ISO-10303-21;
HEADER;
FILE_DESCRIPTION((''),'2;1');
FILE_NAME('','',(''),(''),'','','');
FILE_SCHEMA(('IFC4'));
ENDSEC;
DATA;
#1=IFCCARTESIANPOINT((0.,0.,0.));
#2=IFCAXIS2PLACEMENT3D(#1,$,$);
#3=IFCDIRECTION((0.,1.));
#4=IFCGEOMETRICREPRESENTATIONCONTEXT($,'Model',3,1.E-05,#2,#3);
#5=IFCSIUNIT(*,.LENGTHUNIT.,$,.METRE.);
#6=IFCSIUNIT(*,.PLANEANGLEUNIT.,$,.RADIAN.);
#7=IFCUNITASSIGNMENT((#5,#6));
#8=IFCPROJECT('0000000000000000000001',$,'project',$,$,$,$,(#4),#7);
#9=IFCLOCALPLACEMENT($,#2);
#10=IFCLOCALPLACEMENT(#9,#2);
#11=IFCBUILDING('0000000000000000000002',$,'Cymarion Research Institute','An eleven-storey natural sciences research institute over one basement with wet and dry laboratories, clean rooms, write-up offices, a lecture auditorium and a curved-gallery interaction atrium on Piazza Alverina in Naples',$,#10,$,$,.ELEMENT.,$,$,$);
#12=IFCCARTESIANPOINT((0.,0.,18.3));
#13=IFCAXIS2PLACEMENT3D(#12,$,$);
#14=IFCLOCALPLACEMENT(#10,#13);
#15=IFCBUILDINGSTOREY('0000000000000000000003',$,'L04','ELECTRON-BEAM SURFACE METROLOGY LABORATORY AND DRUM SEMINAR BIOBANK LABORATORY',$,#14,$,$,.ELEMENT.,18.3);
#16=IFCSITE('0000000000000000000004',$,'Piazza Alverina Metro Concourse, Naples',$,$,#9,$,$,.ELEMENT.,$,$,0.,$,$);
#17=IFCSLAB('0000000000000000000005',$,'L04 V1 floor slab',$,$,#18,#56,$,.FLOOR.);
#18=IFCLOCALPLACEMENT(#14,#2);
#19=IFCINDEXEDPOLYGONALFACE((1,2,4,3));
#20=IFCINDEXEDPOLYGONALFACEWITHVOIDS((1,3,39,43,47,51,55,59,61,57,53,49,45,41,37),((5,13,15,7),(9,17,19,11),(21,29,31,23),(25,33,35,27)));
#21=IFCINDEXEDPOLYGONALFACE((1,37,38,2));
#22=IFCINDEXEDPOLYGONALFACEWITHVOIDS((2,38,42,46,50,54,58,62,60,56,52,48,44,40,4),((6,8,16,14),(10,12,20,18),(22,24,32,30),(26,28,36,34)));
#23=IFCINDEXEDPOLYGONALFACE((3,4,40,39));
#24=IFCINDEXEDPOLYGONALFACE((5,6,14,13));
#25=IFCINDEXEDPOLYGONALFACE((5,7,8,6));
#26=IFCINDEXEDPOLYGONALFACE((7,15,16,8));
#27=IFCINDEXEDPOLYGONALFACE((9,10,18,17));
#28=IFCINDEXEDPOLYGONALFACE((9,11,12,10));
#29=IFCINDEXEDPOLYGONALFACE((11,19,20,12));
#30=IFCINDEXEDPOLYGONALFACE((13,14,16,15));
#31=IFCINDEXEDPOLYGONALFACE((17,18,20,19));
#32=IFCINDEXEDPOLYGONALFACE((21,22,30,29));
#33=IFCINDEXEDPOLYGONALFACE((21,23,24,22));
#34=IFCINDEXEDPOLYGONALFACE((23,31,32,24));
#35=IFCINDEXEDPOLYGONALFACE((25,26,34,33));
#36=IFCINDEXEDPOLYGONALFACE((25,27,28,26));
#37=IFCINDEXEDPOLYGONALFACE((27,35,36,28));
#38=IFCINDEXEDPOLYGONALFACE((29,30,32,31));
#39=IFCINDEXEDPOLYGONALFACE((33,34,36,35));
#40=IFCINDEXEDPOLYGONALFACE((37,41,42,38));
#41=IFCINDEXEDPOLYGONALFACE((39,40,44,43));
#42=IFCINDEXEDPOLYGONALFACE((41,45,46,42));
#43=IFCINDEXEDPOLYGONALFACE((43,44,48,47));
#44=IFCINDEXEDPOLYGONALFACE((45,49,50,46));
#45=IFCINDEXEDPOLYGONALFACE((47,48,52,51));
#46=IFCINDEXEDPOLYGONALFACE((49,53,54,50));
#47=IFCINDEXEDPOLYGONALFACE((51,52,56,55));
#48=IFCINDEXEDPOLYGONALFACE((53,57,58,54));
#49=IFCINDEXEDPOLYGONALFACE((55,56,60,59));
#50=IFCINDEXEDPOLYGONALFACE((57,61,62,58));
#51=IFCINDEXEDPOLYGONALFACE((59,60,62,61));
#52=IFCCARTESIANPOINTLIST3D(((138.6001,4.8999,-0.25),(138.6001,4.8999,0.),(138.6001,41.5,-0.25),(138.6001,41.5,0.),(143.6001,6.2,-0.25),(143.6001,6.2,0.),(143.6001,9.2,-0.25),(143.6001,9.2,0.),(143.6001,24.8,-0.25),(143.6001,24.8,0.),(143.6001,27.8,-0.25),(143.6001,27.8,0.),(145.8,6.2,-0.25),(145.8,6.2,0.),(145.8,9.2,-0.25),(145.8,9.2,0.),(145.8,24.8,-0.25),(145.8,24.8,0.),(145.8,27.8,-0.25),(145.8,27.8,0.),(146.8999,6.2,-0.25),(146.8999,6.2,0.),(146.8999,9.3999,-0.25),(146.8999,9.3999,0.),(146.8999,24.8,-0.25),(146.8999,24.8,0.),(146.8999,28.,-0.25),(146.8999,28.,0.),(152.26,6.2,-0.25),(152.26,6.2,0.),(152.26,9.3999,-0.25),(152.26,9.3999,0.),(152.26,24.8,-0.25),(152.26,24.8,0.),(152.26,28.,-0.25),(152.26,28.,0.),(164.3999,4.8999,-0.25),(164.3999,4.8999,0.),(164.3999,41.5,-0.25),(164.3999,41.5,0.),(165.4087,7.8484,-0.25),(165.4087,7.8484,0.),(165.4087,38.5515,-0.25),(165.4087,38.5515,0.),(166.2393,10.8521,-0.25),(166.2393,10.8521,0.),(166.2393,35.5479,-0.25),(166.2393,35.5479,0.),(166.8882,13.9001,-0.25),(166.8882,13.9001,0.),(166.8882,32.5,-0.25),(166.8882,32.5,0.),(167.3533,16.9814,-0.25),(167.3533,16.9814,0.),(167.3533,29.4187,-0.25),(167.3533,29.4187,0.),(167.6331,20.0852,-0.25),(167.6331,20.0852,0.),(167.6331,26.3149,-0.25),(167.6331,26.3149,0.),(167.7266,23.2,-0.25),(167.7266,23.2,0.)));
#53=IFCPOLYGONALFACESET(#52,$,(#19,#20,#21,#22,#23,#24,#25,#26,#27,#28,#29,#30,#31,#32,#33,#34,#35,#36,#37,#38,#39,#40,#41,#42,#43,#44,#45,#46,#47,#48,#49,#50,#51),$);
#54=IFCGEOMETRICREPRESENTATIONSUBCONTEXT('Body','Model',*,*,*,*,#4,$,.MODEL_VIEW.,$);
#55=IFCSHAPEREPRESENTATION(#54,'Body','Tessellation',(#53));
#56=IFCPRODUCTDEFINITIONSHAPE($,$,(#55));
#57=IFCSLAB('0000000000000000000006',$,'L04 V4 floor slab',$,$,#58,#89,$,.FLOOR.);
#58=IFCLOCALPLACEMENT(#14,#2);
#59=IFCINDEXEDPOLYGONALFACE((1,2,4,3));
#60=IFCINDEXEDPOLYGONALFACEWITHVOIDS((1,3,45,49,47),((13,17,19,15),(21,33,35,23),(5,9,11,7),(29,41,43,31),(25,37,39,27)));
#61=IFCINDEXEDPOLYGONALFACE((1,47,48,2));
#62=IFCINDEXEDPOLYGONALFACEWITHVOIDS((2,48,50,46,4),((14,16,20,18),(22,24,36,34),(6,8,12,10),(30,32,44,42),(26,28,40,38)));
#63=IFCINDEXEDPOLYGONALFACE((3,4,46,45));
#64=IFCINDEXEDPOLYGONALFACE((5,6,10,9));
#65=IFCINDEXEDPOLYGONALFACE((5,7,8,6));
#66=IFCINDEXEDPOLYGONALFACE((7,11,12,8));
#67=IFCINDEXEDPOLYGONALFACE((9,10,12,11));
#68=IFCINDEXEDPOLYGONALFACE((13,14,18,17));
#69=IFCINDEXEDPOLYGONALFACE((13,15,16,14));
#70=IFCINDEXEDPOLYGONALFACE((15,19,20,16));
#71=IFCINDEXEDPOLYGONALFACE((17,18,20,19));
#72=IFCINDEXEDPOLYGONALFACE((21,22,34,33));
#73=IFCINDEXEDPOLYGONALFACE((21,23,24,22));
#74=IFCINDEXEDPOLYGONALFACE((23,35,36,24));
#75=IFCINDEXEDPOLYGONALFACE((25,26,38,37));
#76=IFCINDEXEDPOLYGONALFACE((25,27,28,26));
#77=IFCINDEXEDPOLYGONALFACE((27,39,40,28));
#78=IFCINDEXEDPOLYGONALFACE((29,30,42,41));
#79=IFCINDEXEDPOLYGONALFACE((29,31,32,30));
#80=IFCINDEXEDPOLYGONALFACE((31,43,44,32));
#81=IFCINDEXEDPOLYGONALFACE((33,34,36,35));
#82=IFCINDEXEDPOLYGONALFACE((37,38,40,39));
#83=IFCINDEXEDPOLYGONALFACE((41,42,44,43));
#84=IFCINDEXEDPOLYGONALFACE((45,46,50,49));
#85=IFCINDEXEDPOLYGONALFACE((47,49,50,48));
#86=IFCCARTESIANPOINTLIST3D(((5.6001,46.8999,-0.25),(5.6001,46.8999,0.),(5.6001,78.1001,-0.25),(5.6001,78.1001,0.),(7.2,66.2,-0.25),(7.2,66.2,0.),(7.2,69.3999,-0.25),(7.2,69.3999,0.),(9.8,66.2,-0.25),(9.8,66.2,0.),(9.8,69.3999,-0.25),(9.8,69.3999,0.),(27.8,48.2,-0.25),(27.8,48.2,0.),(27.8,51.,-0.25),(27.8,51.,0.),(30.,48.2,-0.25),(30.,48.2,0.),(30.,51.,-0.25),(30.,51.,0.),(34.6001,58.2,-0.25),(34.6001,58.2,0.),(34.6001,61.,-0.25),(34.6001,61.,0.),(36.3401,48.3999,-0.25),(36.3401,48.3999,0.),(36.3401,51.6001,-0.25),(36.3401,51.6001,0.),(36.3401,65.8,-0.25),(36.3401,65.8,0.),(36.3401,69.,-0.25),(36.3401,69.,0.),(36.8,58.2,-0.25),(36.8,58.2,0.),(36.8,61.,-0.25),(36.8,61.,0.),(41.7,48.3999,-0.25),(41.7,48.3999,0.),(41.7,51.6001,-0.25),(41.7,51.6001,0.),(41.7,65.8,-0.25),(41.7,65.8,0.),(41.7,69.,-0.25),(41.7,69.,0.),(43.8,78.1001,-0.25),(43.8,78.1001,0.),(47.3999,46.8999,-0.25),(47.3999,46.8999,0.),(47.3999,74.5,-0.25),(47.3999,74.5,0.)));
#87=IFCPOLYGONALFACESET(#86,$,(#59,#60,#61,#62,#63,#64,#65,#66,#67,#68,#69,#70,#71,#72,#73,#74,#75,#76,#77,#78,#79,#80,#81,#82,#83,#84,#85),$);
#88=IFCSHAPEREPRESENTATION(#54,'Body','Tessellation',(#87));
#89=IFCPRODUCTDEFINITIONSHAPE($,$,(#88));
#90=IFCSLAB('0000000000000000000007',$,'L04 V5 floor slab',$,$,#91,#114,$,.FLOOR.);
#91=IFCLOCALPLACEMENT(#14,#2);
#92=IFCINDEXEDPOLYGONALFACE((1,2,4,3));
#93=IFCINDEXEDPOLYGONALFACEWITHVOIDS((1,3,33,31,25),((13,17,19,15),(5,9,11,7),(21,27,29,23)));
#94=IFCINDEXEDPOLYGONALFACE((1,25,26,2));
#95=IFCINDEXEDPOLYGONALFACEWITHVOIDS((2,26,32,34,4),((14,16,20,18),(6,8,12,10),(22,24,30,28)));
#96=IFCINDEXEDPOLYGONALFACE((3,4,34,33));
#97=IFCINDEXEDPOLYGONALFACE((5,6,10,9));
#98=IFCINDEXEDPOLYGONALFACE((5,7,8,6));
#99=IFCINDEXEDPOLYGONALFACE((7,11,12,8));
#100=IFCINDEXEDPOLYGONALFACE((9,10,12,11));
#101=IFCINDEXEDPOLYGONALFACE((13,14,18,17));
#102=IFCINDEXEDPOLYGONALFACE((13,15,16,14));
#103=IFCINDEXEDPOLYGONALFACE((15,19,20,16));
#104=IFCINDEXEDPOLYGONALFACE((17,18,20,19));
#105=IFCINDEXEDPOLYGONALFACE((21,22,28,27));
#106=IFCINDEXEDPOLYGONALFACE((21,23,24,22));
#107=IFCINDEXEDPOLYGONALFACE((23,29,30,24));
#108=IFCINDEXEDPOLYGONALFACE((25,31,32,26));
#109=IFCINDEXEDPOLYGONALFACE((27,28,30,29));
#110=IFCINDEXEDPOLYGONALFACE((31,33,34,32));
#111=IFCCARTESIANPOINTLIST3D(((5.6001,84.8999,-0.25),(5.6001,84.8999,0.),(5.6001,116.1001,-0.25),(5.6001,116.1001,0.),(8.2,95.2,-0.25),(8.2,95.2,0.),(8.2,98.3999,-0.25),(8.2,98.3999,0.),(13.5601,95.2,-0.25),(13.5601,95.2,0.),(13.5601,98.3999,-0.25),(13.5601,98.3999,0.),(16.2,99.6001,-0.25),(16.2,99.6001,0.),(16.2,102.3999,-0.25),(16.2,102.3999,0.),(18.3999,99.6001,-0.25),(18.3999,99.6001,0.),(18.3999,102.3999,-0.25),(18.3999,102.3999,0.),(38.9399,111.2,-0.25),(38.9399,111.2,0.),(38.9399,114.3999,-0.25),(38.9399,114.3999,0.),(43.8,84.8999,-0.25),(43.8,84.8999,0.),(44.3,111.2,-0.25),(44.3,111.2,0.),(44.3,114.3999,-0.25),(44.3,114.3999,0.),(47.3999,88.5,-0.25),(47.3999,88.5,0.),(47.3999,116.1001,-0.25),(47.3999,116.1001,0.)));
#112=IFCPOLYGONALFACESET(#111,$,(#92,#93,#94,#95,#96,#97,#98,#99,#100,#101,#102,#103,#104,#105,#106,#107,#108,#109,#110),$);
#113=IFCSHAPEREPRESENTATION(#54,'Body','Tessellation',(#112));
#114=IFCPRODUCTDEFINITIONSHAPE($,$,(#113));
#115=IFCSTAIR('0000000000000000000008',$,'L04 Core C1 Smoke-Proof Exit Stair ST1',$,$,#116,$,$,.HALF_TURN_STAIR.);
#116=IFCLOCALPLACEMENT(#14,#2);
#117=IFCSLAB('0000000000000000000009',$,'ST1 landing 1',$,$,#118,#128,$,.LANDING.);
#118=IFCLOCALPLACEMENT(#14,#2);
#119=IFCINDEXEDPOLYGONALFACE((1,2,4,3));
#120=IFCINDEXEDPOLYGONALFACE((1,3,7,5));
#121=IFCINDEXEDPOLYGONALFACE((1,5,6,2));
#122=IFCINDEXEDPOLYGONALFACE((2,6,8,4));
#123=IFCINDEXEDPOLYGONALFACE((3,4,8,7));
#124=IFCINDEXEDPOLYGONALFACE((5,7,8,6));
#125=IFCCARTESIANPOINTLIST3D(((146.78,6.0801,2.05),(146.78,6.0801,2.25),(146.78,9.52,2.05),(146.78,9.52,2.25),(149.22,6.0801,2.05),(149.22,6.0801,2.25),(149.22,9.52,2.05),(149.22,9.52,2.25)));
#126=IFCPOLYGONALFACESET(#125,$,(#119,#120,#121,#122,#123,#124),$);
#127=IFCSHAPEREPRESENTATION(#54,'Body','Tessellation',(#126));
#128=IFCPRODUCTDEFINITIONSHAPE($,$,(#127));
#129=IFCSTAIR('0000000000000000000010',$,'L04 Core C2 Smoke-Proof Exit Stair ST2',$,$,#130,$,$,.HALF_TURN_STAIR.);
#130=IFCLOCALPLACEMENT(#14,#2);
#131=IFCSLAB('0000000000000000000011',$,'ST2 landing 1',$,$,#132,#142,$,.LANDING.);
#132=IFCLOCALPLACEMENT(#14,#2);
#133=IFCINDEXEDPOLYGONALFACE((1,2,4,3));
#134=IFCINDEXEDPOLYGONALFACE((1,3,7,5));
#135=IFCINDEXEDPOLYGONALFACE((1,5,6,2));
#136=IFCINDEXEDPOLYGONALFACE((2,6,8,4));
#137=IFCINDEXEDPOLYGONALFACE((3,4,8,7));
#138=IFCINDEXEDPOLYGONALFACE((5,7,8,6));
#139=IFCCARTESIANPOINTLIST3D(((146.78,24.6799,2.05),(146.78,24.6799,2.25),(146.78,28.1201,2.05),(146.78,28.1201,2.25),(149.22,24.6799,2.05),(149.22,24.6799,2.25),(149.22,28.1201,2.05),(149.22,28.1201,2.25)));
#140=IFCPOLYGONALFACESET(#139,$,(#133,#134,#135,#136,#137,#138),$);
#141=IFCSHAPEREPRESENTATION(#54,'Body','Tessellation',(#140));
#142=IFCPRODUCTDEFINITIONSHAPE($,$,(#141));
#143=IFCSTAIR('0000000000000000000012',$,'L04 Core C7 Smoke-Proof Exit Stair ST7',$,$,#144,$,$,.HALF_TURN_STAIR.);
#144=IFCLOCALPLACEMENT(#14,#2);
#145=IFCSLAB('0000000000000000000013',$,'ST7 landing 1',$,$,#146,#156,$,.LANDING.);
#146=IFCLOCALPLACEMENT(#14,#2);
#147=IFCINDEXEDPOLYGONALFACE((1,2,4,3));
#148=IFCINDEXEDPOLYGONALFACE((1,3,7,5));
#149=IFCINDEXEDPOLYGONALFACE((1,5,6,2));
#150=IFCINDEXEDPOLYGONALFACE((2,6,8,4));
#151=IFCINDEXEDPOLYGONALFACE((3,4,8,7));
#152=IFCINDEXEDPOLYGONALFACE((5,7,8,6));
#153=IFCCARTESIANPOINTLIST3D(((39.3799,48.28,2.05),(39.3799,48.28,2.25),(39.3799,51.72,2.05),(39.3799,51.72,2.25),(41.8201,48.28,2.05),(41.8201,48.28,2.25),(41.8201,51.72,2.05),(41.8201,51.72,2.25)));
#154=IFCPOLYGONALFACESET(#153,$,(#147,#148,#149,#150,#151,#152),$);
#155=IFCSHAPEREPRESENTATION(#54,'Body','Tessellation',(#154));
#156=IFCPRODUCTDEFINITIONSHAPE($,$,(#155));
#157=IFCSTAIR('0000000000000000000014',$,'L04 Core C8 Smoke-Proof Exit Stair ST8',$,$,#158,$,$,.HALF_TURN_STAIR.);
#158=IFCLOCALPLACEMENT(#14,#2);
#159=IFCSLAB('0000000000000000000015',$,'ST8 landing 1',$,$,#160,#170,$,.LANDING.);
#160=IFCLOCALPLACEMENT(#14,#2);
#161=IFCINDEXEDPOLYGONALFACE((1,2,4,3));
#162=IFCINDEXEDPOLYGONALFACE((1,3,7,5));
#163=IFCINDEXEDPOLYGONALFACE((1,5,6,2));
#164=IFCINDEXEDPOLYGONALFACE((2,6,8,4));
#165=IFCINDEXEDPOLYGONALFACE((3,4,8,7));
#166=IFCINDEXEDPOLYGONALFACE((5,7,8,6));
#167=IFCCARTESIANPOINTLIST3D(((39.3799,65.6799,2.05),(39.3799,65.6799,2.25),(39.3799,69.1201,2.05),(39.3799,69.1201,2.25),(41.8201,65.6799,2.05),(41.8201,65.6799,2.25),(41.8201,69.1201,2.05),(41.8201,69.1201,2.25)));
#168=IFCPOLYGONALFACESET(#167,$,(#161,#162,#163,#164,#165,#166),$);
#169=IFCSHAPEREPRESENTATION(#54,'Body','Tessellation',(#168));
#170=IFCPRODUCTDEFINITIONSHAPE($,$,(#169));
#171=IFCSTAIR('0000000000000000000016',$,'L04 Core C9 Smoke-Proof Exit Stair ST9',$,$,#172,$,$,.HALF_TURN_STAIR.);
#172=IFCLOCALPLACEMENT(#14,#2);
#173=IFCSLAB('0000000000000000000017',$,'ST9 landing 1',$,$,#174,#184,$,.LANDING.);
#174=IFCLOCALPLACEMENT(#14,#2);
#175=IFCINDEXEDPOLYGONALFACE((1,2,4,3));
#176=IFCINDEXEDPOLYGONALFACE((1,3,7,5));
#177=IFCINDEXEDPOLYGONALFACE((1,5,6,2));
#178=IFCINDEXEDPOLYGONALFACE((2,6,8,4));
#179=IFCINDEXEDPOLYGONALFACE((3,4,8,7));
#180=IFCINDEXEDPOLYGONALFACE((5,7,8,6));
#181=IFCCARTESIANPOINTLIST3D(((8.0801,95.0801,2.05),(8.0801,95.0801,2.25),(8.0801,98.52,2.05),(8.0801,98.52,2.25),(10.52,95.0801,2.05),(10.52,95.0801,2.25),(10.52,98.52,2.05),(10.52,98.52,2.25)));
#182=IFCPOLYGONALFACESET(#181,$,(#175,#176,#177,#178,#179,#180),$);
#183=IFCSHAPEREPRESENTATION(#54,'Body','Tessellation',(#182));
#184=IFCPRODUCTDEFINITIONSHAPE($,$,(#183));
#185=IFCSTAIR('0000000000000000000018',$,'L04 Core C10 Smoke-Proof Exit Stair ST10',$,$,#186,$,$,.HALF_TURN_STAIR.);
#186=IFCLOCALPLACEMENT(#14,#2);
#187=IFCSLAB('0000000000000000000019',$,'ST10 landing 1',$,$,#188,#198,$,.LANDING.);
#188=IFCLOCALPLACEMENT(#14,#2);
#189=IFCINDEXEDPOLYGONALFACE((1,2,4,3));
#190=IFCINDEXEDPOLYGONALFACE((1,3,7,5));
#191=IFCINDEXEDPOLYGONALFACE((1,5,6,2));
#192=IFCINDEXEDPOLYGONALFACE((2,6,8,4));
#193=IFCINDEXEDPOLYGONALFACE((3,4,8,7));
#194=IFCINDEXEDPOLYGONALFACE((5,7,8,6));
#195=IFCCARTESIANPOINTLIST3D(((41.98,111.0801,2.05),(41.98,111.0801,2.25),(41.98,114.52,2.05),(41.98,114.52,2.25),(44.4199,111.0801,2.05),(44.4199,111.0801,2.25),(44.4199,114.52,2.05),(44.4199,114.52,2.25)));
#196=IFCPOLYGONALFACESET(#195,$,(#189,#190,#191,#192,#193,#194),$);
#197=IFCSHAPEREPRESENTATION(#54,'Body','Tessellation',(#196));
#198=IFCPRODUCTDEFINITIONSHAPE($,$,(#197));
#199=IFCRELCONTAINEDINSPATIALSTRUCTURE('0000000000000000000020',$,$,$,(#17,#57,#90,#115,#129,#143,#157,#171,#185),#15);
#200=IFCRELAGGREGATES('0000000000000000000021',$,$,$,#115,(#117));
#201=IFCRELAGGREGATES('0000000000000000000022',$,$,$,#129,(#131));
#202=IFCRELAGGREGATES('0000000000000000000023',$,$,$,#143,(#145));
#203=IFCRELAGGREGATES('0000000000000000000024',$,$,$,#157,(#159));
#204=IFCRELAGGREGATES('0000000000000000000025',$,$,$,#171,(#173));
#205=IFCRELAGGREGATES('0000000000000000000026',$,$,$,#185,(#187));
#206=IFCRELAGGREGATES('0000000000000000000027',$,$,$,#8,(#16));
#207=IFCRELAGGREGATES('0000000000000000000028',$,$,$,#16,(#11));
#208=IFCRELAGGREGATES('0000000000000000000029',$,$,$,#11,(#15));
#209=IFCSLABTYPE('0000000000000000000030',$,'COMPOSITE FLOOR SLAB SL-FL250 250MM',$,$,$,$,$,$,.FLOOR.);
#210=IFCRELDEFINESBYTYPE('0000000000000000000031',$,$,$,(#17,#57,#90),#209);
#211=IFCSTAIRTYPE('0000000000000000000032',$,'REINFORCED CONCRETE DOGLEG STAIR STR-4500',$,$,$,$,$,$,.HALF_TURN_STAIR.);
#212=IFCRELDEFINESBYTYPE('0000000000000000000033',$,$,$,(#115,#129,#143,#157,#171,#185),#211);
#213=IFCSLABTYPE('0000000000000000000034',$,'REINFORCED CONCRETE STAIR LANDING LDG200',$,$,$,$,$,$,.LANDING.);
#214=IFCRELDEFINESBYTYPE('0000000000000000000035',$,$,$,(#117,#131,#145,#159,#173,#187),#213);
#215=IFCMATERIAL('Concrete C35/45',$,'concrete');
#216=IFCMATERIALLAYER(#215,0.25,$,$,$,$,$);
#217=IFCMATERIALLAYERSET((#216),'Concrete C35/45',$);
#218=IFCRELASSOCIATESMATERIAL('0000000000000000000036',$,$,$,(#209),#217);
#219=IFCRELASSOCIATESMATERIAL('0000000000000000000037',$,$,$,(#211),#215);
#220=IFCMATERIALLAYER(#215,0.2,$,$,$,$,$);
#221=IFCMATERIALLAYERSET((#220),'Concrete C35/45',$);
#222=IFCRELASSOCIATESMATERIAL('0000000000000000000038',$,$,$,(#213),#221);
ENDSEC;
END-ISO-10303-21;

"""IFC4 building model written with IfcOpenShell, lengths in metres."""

from ifc_helpers import new_model, si_unit, direction, frame, origin, place, context, subcontext, project, spatial, polyline, outline, extrude, material, layer, layer_set, type_object, element, aggregate, save


model = new_model("IFC4")

# Units and contexts
model_context = context("Model", 3, precision=1e-05, world=origin(), true_north=direction((0.0, 1.0)))
body_context = subcontext(model_context, "Body", "Model", "MODEL_VIEW")
ifc_project = project(units=[si_unit("LENGTHUNIT", "METRE"), si_unit("PLANEANGLEUNIT", "RADIAN")], contexts=[model_context])

# Site, building, storey
site_placement = place(None, origin())
site = spatial("IfcSite", under=ifc_project, at=site_placement, Name="Piazza Alverina Metro Concourse, Naples", CompositionType="ELEMENT", RefElevation=0.0)
building_placement = place(site_placement, origin())
building = spatial("IfcBuilding", under=site, at=building_placement, Name="Cymarion Research Institute", Description="An eleven-storey natural sciences research institute over one basement with wet and dry laboratories, clean rooms, write-up offices, a lecture auditorium and a curved-gallery interaction atrium on Piazza Alverina in Naples", CompositionType="ELEMENT")
storey_placement = place(building_placement, frame((0.0, 0.0, 18.3)))
storey = spatial("IfcBuildingStorey", under=building, at=storey_placement, Name="L04", Description="ELECTRON-BEAM SURFACE METROLOGY LABORATORY AND DRUM SEMINAR BIOBANK LABORATORY", CompositionType="ELEMENT", Elevation=18.3)

# Slabs
ifc_material_1 = material(Name="Concrete C35/45", Category="concrete")
ifc_layer_1 = layer(ifc_material_1, 0.25)
ifc_layer_set_1 = layer_set([ifc_layer_1], Name="Concrete C35/45")
slab_type_1 = type_object("IfcSlabType", Name="COMPOSITE FLOOR SLAB SL-FL250 250MM", PredefinedType="FLOOR", material=ifc_layer_set_1)
slab_1_placement = place(storey_placement, frame((0.0, 0.0, -0.25)))
element("IfcSlab", 1, at=slab_1_placement, inside=storey, type_object=slab_type_1, Name="L04 V1 floor slab", PredefinedType="FLOOR", context=body_context, shape_type="SweptSolid", body=[
    extrude(outline(polyline([(138.6001, 4.8999), (164.3999, 4.8999), (165.4087, 7.8484), (166.2393, 10.8521), (166.8882, 13.9001), (167.3533, 16.9814), (167.6331, 20.0852), (167.7266, 23.2), (167.6331, 26.3149), (167.3533, 29.4187), (166.8882, 32.5), (166.2393, 35.5479), (165.4087, 38.5515), (164.3999, 41.5), (138.6001, 41.5), (138.6001, 4.8999)]), holes=[polyline([(152.26, 9.3999), (146.8999, 9.3999), (146.8999, 6.2), (152.26, 6.2), (152.26, 9.3999)]), polyline([(143.6001, 6.2), (145.8, 6.2), (145.8, 9.2), (143.6001, 9.2), (143.6001, 6.2)]), polyline([(152.26, 28.0), (146.8999, 28.0), (146.8999, 24.8), (152.26, 24.8), (152.26, 28.0)]), polyline([(143.6001, 24.8), (145.8, 24.8), (145.8, 27.8), (143.6001, 27.8), (143.6001, 24.8)])]), origin(), (0.0, 0.0, 1.0), 0.25),
])
slab_2_placement = place(storey_placement, frame((0.0, 0.0, -0.25)))
element("IfcSlab", 2, at=slab_2_placement, inside=storey, type_object=slab_type_1, Name="L04 V4 floor slab", PredefinedType="FLOOR", context=body_context, shape_type="SweptSolid", body=[
    extrude(outline(polyline([(5.6001, 46.8999), (47.3999, 46.8999), (47.3999, 74.5), (43.8, 78.1001), (5.6001, 78.1001), (5.6001, 46.8999)]), holes=[polyline([(36.3401, 48.3999), (41.7, 48.3999), (41.7, 51.6001), (36.3401, 51.6001), (36.3401, 48.3999)]), polyline([(27.8, 48.2), (30.0, 48.2), (30.0, 51.0), (27.8, 51.0), (27.8, 48.2)]), polyline([(36.3401, 65.8), (41.7, 65.8), (41.7, 69.0), (36.3401, 69.0), (36.3401, 65.8)]), polyline([(34.6001, 58.2), (36.8, 58.2), (36.8, 61.0), (34.6001, 61.0), (34.6001, 58.2)]), polyline([(7.2, 66.2), (9.8, 66.2), (9.8, 69.3999), (7.2, 69.3999), (7.2, 66.2)])]), origin(), (0.0, 0.0, 1.0), 0.25),
])
slab_3_placement = place(storey_placement, frame((0.0, 0.0, -0.25)))
element("IfcSlab", 3, at=slab_3_placement, inside=storey, type_object=slab_type_1, Name="L04 V5 floor slab", PredefinedType="FLOOR", context=body_context, shape_type="SweptSolid", body=[
    extrude(outline(polyline([(5.6001, 84.8999), (43.8, 84.8999), (47.3999, 88.5), (47.3999, 116.1001), (5.6001, 116.1001), (5.6001, 84.8999)]), holes=[polyline([(13.5601, 98.3999), (8.2, 98.3999), (8.2, 95.2), (13.5601, 95.2), (13.5601, 98.3999)]), polyline([(16.2, 99.6001), (18.3999, 99.6001), (18.3999, 102.3999), (16.2, 102.3999), (16.2, 99.6001)]), polyline([(38.9399, 111.2), (44.3, 111.2), (44.3, 114.3999), (38.9399, 114.3999), (38.9399, 111.2)])]), origin(), (0.0, 0.0, 1.0), 0.25),
])

# Stairs, slabs
stair_type = type_object("IfcStairType", Name="REINFORCED CONCRETE DOGLEG STAIR STR-4500", PredefinedType="HALF_TURN_STAIR", material=ifc_material_1)
stair_1_placement = place(storey_placement, origin())
stair_1 = element("IfcStair", 4, at=stair_1_placement, inside=storey, type_object=stair_type, Name="L04 Core C1 Smoke-Proof Exit Stair ST1", PredefinedType="HALF_TURN_STAIR")
ifc_layer_2 = layer(ifc_material_1, 0.2)
ifc_layer_set_2 = layer_set([ifc_layer_2], Name="Concrete C35/45")
slab_type_2 = type_object("IfcSlabType", Name="REINFORCED CONCRETE STAIR LANDING LDG200", PredefinedType="LANDING", material=ifc_layer_set_2)
slab_4_placement = place(storey_placement, frame((0.0, 0.0, 2.05)))
slab_4 = element("IfcSlab", 5, at=slab_4_placement, type_object=slab_type_2, Name="ST1 landing 1", PredefinedType="LANDING", context=body_context, shape_type="SweptSolid", body=[
    extrude(outline(polyline([(149.22, 9.52), (149.22, 6.0801), (146.78, 6.0801), (146.78, 9.52), (149.22, 9.52)])), origin(), (0.0, 0.0, 1.0), 0.2),
])
aggregate(stair_1, [slab_4])
stair_2_placement = place(storey_placement, origin())
stair_2 = element("IfcStair", 6, at=stair_2_placement, inside=storey, type_object=stair_type, Name="L04 Core C2 Smoke-Proof Exit Stair ST2", PredefinedType="HALF_TURN_STAIR")
slab_5_placement = place(storey_placement, frame((0.0, 0.0, 2.05)))
slab_5 = element("IfcSlab", 7, at=slab_5_placement, type_object=slab_type_2, Name="ST2 landing 1", PredefinedType="LANDING", context=body_context, shape_type="SweptSolid", body=[
    extrude(outline(polyline([(149.22, 28.1201), (149.22, 24.6799), (146.78, 24.6799), (146.78, 28.1201), (149.22, 28.1201)])), origin(), (0.0, 0.0, 1.0), 0.2),
])
aggregate(stair_2, [slab_5])
stair_3_placement = place(storey_placement, origin())
stair_3 = element("IfcStair", 8, at=stair_3_placement, inside=storey, type_object=stair_type, Name="L04 Core C7 Smoke-Proof Exit Stair ST7", PredefinedType="HALF_TURN_STAIR")
slab_6_placement = place(storey_placement, frame((0.0, 0.0, 2.05)))
slab_6 = element("IfcSlab", 9, at=slab_6_placement, type_object=slab_type_2, Name="ST7 landing 1", PredefinedType="LANDING", context=body_context, shape_type="SweptSolid", body=[
    extrude(outline(polyline([(39.3799, 48.28), (39.3799, 51.72), (41.8201, 51.72), (41.8201, 48.28), (39.3799, 48.28)])), origin(), (0.0, 0.0, 1.0), 0.2),
])
aggregate(stair_3, [slab_6])
stair_4_placement = place(storey_placement, origin())
stair_4 = element("IfcStair", 10, at=stair_4_placement, inside=storey, type_object=stair_type, Name="L04 Core C8 Smoke-Proof Exit Stair ST8", PredefinedType="HALF_TURN_STAIR")
slab_7_placement = place(storey_placement, frame((0.0, 0.0, 2.05)))
slab_7 = element("IfcSlab", 11, at=slab_7_placement, type_object=slab_type_2, Name="ST8 landing 1", PredefinedType="LANDING", context=body_context, shape_type="SweptSolid", body=[
    extrude(outline(polyline([(39.3799, 65.6799), (39.3799, 69.1201), (41.8201, 69.1201), (41.8201, 65.6799), (39.3799, 65.6799)])), origin(), (0.0, 0.0, 1.0), 0.2),
])
aggregate(stair_4, [slab_7])
stair_5_placement = place(storey_placement, origin())
stair_5 = element("IfcStair", 12, at=stair_5_placement, inside=storey, type_object=stair_type, Name="L04 Core C9 Smoke-Proof Exit Stair ST9", PredefinedType="HALF_TURN_STAIR")
slab_8_placement = place(storey_placement, frame((0.0, 0.0, 2.05)))
slab_8 = element("IfcSlab", 13, at=slab_8_placement, type_object=slab_type_2, Name="ST9 landing 1", PredefinedType="LANDING", context=body_context, shape_type="SweptSolid", body=[
    extrude(outline(polyline([(10.52, 98.52), (10.52, 95.0801), (8.0801, 95.0801), (8.0801, 98.52), (10.52, 98.52)])), origin(), (0.0, 0.0, 1.0), 0.2),
])
aggregate(stair_5, [slab_8])
stair_6_placement = place(storey_placement, origin())
stair_6 = element("IfcStair", 14, at=stair_6_placement, inside=storey, type_object=stair_type, Name="L04 Core C10 Smoke-Proof Exit Stair ST10", PredefinedType="HALF_TURN_STAIR")
slab_9_placement = place(storey_placement, frame((0.0, 0.0, 2.05)))
slab_9 = element("IfcSlab", 15, at=slab_9_placement, type_object=slab_type_2, Name="ST10 landing 1", PredefinedType="LANDING", context=body_context, shape_type="SweptSolid", body=[
    extrude(outline(polyline([(41.98, 111.0801), (41.98, 114.52), (44.4199, 114.52), (44.4199, 111.0801), (41.98, 111.0801)])), origin(), (0.0, 0.0, 1.0), 0.2),
])
aggregate(stair_6, [slab_9])

save(model, "model.ifc")
